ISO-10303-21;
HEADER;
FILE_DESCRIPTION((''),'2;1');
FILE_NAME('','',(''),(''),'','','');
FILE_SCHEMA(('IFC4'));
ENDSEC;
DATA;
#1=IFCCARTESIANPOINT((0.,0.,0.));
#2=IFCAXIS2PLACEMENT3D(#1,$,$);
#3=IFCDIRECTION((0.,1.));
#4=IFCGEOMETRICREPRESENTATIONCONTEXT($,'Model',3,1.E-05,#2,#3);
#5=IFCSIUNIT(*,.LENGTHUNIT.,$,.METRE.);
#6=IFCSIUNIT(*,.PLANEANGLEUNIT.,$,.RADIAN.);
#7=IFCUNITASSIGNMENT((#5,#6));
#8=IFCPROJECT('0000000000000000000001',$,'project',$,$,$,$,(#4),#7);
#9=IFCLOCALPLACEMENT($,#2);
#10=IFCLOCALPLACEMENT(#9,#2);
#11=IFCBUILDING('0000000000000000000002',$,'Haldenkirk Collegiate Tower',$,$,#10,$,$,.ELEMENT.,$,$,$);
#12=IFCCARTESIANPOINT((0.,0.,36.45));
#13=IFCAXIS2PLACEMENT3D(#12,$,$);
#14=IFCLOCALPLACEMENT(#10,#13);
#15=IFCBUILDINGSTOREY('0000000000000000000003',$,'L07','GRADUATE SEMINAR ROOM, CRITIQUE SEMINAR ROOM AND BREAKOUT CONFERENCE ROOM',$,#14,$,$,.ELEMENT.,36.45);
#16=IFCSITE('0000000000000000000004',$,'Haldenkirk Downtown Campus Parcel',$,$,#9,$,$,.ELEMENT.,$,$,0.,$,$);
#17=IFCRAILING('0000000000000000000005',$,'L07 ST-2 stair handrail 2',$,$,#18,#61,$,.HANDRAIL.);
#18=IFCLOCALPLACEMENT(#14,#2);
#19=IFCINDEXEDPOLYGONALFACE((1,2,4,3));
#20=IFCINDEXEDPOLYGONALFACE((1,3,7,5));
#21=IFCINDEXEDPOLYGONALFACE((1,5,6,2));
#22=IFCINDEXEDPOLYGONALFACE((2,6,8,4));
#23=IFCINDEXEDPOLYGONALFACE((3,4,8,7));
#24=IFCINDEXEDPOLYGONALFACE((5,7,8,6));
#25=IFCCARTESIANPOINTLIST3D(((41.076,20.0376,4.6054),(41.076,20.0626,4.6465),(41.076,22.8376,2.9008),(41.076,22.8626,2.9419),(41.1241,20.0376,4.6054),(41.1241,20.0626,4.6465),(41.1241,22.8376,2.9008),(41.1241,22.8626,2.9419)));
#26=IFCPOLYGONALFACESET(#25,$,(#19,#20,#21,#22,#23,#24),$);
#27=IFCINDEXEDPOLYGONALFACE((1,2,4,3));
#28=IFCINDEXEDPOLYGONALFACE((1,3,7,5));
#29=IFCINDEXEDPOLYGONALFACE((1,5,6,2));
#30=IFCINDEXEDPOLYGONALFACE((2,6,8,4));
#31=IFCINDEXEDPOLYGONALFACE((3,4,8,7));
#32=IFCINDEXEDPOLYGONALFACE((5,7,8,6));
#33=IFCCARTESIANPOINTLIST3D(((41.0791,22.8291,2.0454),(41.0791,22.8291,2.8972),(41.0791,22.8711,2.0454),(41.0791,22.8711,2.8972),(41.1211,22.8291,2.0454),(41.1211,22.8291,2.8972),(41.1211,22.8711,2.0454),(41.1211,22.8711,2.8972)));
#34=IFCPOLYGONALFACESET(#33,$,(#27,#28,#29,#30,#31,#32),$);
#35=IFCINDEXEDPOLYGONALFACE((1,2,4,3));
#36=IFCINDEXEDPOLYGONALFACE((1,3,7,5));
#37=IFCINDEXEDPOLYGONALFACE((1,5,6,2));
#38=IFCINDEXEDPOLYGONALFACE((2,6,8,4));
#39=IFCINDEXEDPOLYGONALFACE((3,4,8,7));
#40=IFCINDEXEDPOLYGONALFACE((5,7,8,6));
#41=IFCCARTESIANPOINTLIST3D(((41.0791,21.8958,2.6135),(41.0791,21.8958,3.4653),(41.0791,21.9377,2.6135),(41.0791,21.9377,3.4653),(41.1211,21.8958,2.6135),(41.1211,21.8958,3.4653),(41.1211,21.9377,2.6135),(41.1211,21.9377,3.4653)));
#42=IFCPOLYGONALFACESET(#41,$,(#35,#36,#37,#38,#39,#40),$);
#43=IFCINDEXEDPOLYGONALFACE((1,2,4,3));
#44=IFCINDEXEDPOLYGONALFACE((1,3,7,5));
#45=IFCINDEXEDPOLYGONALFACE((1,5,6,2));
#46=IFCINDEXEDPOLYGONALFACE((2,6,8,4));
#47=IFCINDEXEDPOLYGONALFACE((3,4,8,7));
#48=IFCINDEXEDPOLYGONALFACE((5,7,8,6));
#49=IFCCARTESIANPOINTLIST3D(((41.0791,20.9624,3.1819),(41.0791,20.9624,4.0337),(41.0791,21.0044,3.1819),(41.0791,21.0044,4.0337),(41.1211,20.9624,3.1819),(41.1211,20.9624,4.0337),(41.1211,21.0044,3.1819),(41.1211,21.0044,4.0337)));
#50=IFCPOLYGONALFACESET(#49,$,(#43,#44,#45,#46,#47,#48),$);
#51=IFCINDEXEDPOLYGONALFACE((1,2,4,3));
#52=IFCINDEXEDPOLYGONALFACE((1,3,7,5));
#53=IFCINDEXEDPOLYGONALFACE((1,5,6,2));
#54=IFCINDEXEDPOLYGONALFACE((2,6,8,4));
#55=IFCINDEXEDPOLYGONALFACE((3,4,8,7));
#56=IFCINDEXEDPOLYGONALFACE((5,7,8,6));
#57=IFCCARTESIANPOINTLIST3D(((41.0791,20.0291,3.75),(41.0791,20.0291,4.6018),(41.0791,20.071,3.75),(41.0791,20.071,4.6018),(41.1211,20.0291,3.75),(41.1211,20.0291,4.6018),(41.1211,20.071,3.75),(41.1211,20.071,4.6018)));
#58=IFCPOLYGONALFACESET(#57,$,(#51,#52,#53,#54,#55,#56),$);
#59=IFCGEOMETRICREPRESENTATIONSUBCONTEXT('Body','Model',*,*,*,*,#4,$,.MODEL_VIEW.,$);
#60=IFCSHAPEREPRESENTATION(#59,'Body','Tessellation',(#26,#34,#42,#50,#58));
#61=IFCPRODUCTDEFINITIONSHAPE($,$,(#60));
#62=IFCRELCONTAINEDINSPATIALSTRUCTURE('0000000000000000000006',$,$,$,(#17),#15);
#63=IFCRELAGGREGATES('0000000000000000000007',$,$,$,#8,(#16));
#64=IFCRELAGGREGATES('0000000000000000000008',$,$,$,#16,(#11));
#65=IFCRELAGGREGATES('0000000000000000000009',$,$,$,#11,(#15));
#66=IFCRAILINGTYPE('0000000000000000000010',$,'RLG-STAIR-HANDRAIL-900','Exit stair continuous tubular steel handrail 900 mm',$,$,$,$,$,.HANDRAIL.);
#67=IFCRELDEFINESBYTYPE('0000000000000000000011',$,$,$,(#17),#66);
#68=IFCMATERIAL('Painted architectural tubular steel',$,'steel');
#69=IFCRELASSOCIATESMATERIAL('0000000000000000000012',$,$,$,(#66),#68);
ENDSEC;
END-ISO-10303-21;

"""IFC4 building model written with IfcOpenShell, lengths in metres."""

from ifc_helpers import new_model, si_unit, direction, frame, origin, origin_2d, place, context, subcontext, project, spatial, rectangle, extrude, material, type_object, element, save


model = new_model("IFC4")

# Units and contexts
model_context = context("Model", 3, precision=1e-05, world=origin(), true_north=direction((0.0, 1.0)))
body_context = subcontext(model_context, "Body", "Model", "MODEL_VIEW")
ifc_project = project(units=[si_unit("LENGTHUNIT", "METRE"), si_unit("PLANEANGLEUNIT", "RADIAN")], contexts=[model_context])

# Site, building, storey
site_placement = place(None, origin())
site = spatial("IfcSite", under=ifc_project, at=site_placement, Name="Haldenkirk Downtown Campus Parcel", CompositionType="ELEMENT", RefElevation=0.0)
building_placement = place(site_placement, origin())
building = spatial("IfcBuilding", under=site, at=building_placement, Name="Haldenkirk Collegiate Tower", CompositionType="ELEMENT")
storey_placement = place(building_placement, frame((0.0, 0.0, 36.45)))
storey = spatial("IfcBuildingStorey", under=building, at=storey_placement, Name="L07", Description="GRADUATE SEMINAR ROOM, CRITIQUE SEMINAR ROOM AND BREAKOUT CONFERENCE ROOM", CompositionType="ELEMENT", Elevation=36.45)

# Railing
ifc_material_1 = material(Name="Painted architectural tubular steel", Category="steel")
railing_type_1 = type_object("IfcRailingType", Name="RLG-STAIR-HANDRAIL-900", Description="Exit stair continuous tubular steel handrail 900 mm", PredefinedType="HANDRAIL", material=ifc_material_1)
railing_1_placement = place(storey_placement, frame((41.1001, 22.8501, 2.0454)))
element("IfcRailing", 1, at=railing_1_placement, inside=storey, type_object=railing_type_1, Name="L07 ST-2 stair handrail 2", PredefinedType="HANDRAIL", context=body_context, shape_type="SweptSolid", body=[
    extrude(rectangle(XDim=0.0481, YDim=0.0481, at=origin_2d()), frame((0.0, 0.0, 0.876), z_axis=(0.0, -0.85417, 0.519994), x_axis=(1.0, 0.0, 0.0)), (0.0, 0.0, 1.0), 3.2781),
    extrude(rectangle(XDim=0.042, YDim=0.042, at=origin_2d()), origin(), (0.0, 0.0, 1.0), 0.8518),
    extrude(rectangle(XDim=0.042, YDim=0.042, at=origin_2d()), frame((0.0, -0.9333, 0.5681)), (0.0, 0.0, 1.0), 0.8518),
    extrude(rectangle(XDim=0.042, YDim=0.042, at=origin_2d()), frame((0.0, -1.8667, 1.1365)), (0.0, 0.0, 1.0), 0.8518),
    extrude(rectangle(XDim=0.042, YDim=0.042, at=origin_2d()), frame((0.0, -2.8, 1.7046)), (0.0, 0.0, 1.0), 0.8518),
])

save(model, "model.ifc")
